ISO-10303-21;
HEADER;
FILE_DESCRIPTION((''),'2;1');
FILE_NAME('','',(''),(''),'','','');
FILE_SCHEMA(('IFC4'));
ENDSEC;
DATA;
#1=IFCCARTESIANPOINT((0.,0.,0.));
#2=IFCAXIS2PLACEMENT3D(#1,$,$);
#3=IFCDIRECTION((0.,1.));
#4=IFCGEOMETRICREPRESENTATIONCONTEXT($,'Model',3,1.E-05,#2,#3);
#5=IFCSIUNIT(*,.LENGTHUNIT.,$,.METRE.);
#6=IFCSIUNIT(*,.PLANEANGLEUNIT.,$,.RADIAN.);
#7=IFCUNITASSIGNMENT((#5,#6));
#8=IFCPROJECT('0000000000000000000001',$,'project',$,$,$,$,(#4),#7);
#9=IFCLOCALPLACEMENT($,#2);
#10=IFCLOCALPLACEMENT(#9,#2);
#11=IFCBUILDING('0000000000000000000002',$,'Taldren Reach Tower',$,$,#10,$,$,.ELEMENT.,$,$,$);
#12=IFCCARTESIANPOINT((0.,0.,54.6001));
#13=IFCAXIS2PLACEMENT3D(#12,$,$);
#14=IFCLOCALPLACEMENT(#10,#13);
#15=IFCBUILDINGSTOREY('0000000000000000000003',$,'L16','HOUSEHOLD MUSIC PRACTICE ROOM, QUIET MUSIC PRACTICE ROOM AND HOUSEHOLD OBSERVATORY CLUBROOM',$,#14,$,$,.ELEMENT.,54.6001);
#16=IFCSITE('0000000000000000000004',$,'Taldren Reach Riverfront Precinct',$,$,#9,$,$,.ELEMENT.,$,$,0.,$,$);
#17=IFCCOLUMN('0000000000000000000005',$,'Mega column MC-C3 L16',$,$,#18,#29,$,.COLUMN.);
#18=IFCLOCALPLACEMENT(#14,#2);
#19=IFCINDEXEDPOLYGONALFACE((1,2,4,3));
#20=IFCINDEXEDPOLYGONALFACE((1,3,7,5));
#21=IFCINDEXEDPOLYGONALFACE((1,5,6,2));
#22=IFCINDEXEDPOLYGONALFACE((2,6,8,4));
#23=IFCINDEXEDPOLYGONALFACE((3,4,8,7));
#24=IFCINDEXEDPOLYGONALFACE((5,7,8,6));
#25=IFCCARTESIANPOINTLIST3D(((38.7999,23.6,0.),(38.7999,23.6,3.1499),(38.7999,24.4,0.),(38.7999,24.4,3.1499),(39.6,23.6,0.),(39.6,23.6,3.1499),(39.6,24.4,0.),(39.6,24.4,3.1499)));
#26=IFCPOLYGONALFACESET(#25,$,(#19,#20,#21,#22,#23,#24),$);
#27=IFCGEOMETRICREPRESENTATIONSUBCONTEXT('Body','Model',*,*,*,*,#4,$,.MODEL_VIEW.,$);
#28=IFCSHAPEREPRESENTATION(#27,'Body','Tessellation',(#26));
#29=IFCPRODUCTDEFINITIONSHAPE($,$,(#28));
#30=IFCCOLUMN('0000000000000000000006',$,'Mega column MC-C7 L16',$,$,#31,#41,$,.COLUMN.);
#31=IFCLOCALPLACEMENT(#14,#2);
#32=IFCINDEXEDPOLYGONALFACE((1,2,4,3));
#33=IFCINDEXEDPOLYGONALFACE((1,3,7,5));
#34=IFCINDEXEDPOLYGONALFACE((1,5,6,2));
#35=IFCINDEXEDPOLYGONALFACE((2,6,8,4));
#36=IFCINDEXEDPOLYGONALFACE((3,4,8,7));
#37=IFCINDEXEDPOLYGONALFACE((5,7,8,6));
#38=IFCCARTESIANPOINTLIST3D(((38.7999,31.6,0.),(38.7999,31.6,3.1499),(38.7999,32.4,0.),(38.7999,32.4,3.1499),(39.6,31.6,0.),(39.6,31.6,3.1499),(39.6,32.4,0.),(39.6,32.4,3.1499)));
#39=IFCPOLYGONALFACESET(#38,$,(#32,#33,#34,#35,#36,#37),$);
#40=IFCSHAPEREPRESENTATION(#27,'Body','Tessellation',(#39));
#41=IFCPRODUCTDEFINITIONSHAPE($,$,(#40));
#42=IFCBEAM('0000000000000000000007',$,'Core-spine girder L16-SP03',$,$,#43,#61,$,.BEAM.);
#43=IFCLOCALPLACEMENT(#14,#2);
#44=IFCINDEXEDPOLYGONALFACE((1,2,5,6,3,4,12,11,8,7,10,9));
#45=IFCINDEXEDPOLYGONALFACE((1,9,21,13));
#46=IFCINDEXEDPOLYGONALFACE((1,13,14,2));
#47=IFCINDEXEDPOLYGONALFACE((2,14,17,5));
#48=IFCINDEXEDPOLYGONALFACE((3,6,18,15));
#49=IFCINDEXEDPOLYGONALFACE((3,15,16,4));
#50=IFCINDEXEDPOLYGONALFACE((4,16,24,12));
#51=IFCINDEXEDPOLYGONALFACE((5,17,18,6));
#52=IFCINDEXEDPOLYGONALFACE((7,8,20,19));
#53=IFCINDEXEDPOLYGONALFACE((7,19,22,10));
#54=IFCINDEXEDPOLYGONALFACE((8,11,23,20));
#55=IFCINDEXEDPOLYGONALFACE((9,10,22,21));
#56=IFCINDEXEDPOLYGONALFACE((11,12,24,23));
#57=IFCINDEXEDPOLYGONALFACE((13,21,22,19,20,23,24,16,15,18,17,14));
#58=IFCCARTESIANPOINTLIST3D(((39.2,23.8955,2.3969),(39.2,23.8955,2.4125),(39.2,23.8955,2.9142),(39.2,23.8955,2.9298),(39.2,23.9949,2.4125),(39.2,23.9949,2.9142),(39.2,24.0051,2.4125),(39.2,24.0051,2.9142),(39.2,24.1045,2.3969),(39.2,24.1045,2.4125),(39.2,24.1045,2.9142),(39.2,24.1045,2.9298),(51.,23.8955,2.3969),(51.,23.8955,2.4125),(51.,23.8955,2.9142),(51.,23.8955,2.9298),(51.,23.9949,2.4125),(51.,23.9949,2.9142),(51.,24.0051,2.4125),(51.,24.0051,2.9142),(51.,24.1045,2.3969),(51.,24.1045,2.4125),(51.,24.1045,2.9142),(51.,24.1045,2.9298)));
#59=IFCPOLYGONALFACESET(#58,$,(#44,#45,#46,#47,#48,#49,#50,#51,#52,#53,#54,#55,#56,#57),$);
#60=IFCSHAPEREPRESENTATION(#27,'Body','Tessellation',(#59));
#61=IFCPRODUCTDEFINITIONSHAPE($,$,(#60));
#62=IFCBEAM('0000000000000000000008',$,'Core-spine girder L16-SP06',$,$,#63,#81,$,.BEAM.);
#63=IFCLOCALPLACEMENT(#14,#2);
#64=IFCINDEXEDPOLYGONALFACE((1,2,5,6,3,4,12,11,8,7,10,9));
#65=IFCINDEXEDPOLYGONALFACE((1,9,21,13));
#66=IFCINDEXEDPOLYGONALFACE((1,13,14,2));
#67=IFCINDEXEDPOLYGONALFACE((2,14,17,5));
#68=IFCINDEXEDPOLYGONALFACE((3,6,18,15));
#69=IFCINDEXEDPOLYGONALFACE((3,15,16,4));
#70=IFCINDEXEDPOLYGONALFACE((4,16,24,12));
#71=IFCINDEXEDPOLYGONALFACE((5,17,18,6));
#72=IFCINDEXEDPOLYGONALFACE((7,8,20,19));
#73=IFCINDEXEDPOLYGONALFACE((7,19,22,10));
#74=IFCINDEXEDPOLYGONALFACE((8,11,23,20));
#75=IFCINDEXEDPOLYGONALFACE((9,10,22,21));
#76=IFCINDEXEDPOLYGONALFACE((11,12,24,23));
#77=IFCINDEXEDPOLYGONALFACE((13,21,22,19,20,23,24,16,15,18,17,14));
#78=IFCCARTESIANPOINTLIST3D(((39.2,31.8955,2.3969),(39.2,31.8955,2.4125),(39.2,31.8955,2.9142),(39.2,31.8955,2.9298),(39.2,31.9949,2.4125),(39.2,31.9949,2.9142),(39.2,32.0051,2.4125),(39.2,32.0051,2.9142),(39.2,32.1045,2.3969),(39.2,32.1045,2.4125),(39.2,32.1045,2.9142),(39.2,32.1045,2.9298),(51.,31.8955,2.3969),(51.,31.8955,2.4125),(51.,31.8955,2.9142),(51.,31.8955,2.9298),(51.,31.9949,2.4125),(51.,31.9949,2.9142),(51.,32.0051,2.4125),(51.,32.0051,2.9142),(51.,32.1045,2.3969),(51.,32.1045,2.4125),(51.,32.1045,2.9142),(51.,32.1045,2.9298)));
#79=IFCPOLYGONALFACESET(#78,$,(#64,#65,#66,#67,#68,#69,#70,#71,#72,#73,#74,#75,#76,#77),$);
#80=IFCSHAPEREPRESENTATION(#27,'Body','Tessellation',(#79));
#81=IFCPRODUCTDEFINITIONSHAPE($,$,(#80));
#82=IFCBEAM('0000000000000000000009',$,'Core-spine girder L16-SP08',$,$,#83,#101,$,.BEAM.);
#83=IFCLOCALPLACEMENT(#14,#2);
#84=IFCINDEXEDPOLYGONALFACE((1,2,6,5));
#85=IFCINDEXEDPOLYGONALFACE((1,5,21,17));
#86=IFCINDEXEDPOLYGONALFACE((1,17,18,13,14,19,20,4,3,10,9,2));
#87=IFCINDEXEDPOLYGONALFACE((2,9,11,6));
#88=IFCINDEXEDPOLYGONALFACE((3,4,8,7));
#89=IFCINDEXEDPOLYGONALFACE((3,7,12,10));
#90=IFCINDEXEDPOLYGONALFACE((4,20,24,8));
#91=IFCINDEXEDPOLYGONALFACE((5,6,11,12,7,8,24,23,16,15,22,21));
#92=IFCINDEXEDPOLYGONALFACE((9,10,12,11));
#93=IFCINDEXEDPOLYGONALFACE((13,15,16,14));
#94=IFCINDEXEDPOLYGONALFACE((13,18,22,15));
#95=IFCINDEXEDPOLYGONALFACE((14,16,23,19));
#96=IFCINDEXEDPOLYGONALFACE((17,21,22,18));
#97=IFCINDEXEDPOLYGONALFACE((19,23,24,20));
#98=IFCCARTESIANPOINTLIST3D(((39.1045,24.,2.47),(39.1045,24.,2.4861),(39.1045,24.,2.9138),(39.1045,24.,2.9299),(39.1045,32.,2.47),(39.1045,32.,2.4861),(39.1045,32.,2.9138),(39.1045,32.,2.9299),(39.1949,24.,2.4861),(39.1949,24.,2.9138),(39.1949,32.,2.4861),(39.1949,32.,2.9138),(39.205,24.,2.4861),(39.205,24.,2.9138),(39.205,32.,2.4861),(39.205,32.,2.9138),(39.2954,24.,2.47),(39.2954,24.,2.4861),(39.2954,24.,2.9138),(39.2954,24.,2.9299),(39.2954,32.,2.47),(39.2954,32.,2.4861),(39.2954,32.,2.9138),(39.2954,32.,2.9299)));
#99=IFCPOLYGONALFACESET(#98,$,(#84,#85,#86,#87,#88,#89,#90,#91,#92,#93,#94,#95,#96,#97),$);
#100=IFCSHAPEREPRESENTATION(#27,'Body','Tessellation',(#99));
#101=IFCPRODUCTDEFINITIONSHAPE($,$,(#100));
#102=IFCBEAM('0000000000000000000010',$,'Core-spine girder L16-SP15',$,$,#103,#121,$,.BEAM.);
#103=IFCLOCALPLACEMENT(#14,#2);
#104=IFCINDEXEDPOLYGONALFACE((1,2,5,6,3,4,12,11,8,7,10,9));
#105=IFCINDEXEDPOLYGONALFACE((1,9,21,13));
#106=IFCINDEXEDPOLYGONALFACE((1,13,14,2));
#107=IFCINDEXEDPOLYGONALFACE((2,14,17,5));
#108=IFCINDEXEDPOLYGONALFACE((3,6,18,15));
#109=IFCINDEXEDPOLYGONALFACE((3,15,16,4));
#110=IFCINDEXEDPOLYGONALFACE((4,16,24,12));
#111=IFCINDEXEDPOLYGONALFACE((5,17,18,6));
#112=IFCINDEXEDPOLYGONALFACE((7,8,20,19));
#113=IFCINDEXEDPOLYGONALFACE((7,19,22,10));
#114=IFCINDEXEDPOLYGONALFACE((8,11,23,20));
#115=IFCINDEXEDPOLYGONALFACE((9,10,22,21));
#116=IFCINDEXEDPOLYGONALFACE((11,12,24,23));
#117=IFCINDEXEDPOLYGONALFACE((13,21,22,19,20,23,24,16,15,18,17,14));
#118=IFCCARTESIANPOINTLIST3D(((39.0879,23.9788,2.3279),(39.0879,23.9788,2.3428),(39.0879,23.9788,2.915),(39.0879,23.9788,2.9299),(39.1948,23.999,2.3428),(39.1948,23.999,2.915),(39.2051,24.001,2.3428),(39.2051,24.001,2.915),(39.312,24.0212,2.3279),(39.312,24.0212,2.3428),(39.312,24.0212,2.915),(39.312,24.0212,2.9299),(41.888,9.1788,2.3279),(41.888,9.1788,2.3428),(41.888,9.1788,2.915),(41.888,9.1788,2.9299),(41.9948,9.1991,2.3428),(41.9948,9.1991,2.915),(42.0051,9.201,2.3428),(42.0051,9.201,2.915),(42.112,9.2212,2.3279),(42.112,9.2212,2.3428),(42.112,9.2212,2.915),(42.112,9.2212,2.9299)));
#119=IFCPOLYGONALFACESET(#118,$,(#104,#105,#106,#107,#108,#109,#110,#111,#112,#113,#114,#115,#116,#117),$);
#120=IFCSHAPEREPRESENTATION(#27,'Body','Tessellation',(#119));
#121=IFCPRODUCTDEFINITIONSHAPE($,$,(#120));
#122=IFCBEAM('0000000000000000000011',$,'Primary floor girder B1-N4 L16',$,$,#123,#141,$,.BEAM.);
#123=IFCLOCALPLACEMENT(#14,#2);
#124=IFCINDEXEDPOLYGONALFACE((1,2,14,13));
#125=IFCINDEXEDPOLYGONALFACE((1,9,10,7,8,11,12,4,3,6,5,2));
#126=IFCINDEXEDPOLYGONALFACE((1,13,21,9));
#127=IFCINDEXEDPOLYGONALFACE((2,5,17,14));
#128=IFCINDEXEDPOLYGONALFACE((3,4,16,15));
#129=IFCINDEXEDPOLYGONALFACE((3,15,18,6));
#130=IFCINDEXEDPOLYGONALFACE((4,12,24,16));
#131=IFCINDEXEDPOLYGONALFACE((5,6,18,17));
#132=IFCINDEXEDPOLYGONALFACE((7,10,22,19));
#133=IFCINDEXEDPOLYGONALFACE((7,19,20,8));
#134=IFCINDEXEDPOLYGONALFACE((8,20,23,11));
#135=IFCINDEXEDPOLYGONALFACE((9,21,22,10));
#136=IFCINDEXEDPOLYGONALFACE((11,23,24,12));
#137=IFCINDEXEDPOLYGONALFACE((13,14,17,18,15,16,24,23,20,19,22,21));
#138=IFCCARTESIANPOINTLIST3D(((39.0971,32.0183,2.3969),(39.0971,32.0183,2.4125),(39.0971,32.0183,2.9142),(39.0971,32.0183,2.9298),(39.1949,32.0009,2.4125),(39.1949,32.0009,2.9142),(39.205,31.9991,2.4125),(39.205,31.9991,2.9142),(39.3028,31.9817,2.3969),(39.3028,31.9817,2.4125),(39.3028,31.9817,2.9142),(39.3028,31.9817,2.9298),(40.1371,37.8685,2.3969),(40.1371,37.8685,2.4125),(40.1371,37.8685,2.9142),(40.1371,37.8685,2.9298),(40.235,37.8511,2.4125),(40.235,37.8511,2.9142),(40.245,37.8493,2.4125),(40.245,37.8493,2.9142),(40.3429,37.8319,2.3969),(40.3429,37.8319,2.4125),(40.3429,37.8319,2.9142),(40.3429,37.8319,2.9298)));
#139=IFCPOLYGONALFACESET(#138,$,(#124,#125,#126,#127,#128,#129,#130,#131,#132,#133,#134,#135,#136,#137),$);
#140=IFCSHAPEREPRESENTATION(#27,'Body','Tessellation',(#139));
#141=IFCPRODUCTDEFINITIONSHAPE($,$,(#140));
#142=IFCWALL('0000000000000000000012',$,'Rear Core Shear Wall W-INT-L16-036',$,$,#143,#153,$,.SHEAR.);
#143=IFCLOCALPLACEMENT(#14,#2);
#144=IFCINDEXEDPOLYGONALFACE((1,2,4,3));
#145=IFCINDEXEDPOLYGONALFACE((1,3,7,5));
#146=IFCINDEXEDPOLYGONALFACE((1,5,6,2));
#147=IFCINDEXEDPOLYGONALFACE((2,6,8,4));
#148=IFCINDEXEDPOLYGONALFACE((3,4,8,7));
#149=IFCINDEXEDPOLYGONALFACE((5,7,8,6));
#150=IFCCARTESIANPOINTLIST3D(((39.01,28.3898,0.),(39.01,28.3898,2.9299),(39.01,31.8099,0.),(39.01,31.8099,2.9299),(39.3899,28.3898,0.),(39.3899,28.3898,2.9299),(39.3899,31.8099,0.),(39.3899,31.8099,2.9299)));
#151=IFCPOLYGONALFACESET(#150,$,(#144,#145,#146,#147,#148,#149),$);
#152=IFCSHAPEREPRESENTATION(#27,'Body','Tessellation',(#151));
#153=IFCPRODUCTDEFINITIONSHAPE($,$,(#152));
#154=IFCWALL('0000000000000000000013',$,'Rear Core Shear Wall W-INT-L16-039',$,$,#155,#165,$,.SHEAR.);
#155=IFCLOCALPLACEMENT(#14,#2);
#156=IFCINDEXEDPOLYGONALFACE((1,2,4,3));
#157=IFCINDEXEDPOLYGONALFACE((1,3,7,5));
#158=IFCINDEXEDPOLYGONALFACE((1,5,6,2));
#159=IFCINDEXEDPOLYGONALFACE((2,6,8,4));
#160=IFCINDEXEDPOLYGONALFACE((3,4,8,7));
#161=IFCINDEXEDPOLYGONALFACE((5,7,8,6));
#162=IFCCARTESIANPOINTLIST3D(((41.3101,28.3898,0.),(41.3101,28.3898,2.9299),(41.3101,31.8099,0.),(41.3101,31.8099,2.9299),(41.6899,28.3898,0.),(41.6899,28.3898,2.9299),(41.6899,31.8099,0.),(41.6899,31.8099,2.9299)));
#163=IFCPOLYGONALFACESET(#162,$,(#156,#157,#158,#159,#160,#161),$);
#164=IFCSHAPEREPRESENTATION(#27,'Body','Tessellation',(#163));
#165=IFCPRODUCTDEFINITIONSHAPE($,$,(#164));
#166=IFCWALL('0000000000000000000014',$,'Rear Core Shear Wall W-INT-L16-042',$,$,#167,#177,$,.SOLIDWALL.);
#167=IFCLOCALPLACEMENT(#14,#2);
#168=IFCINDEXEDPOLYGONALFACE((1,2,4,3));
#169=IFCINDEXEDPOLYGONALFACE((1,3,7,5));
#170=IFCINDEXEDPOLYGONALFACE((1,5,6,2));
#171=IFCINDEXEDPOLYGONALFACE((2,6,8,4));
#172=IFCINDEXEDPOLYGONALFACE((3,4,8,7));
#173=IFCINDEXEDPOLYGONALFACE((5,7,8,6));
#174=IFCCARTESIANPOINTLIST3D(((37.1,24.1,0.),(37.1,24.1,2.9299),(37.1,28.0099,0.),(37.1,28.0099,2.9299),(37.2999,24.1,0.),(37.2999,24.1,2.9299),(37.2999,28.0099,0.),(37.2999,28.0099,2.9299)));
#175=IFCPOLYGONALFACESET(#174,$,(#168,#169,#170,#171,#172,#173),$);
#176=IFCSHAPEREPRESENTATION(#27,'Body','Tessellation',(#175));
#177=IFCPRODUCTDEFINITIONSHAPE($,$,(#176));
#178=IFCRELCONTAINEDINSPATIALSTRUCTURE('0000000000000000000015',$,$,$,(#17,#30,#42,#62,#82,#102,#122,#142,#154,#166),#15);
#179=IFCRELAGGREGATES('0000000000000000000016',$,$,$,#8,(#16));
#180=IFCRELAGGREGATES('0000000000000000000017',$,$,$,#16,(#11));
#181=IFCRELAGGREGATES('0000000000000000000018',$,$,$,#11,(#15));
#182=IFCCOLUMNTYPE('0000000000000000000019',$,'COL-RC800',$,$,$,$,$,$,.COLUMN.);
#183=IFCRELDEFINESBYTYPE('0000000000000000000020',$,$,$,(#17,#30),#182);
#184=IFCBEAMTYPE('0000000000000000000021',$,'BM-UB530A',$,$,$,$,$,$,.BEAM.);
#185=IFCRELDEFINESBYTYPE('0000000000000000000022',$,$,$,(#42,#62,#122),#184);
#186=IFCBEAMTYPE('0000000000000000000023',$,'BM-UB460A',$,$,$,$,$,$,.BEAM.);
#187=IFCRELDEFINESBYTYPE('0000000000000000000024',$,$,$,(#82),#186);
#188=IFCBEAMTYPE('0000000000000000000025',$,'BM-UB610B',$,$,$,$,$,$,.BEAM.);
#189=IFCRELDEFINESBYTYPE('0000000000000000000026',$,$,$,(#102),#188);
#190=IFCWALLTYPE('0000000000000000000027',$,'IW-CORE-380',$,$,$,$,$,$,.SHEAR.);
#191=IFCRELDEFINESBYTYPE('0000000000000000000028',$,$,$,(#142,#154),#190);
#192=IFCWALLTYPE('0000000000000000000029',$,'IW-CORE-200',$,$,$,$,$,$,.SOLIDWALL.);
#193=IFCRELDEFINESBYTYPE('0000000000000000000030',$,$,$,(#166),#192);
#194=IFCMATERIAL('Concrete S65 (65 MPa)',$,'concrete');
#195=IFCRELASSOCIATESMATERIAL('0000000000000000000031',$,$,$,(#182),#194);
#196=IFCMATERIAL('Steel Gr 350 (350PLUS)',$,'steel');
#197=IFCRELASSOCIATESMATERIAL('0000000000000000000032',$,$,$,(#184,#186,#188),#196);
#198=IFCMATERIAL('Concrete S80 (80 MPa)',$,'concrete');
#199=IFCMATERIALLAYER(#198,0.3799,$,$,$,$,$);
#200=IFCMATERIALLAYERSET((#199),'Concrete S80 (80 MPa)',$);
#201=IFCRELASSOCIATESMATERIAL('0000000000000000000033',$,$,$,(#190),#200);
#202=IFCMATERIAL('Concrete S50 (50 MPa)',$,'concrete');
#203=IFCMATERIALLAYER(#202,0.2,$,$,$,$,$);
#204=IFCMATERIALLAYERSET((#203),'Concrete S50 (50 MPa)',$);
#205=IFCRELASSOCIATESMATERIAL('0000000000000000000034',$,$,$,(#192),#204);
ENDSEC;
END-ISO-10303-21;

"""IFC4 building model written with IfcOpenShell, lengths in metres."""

from ifc_helpers import new_model, si_unit, direction, frame, frame_2d, origin, origin_2d, place, context, subcontext, project, spatial, rectangle, i_section, extrude, source, transform, mapped, material, layer, layer_set, material_profile, profile_set, type_object, element, save


model = new_model("IFC4")

# Units and contexts
model_context = context("Model", 3, precision=1e-05, world=origin(), true_north=direction((0.0, 1.0)))
body_context = subcontext(model_context, "Body", "Model", "MODEL_VIEW")
ifc_project = project(units=[si_unit("LENGTHUNIT", "METRE"), si_unit("PLANEANGLEUNIT", "RADIAN")], contexts=[model_context])

# Site, building, storey
site_placement = place(None, origin())
site = spatial("IfcSite", under=ifc_project, at=site_placement, Name="Taldren Reach Riverfront Precinct", CompositionType="ELEMENT", RefElevation=0.0)
building_placement = place(site_placement, origin())
building = spatial("IfcBuilding", under=site, at=building_placement, Name="Taldren Reach Tower", CompositionType="ELEMENT")
storey_placement = place(building_placement, frame((0.0, 0.0, 54.6001)))
storey = spatial("IfcBuildingStorey", under=building, at=storey_placement, Name="L16", Description="HOUSEHOLD MUSIC PRACTICE ROOM, QUIET MUSIC PRACTICE ROOM AND HOUSEHOLD OBSERVATORY CLUBROOM", CompositionType="ELEMENT", Elevation=54.6001)

# Columns
ifc_material_1 = material(Name="Concrete S65 (65 MPa)", Category="concrete")
ifc_material_profile_1 = material_profile(ifc_material_1, rectangle(XDim=0.8, YDim=0.8, at=origin_2d()), Name="RC-800x800")
ifc_profile_set_1 = profile_set([ifc_material_profile_1], Name="Concrete S65 (65 MPa)")
column_type = type_object("IfcColumnType", Name="COL-RC800", PredefinedType="COLUMN", material=ifc_profile_set_1)
shared_shape_1 = source(origin(), body_context, "Body", "SweptSolid", [
    extrude(rectangle(XDim=0.8, YDim=0.8, at=origin_2d()), origin(), (0.0, 0.0, 1.0), 3.1499),
])
for number, where, z_axis, x_axis, name in (
    (1, (39.2, 24.0, 0.0), (0.0, 0.0, 1.0), (1.0, 0.0, 0.0), "Mega column MC-C3 L16"),
    (2, (39.2, 32.0, 0.0), (0.0, 0.0, 1.0), (1.0, 0.0, 0.0), "Mega column MC-C7 L16"),
):
    element("IfcColumn", number, at=place(storey_placement, frame(where, z_axis=z_axis, x_axis=x_axis)), inside=storey, type_object=column_type, Name=name, PredefinedType="COLUMN", context=body_context, shape_type="MappedRepresentation", body=[
        mapped(shared_shape_1, transform((0.0, 0.0, 0.0), scale=1.0)),
    ])

# Beams
ifc_material_2 = material(Name="Steel Gr 350 (350PLUS)", Category="steel")
ifc_material_profile_2 = material_profile(ifc_material_2, i_section(OverallWidth=0.209, OverallDepth=0.533, WebThickness=0.0103, FlangeThickness=0.0156, at=origin_2d()), Name="530UB92.4")
ifc_profile_set_2 = profile_set([ifc_material_profile_2], Name="Steel Gr 350 (350PLUS)")
beam_type_1 = type_object("IfcBeamType", Name="BM-UB530A", PredefinedType="BEAM", material=ifc_profile_set_2)
shared_shape_2 = source(origin(), body_context, "Body", "SweptSolid", [
    extrude(i_section(OverallWidth=0.209, OverallDepth=0.533, WebThickness=0.0103, FlangeThickness=0.0156, at=origin_2d()), origin(), (0.0, 0.0, 1.0), 11.8),
])
for number, where, z_axis, x_axis, name in (
    (3, (39.2, 24.0, 2.6633), (1.0, 0.0, 0.0), (0.0, 1.0, 0.0), "Core-spine girder L16-SP03"),
    (4, (39.2, 32.0, 2.6633), (1.0, 0.0, 0.0), (0.0, 1.0, 0.0), "Core-spine girder L16-SP06"),
):
    element("IfcBeam", number, at=place(storey_placement, frame(where, z_axis=z_axis, x_axis=x_axis)), inside=storey, type_object=beam_type_1, Name=name, PredefinedType="BEAM", context=body_context, shape_type="MappedRepresentation", body=[
        mapped(shared_shape_2, transform((0.0, 0.0, 0.0), scale=1.0)),
    ])
ifc_material_profile_3 = material_profile(ifc_material_2, i_section(OverallWidth=0.1909, OverallDepth=0.46, WebThickness=0.01, FlangeThickness=0.0161, at=origin_2d()), Name="460UB82.1")
ifc_profile_set_3 = profile_set([ifc_material_profile_3], Name="Steel Gr 350 (350PLUS)")
beam_type_2 = type_object("IfcBeamType", Name="BM-UB460A", PredefinedType="BEAM", material=ifc_profile_set_3)
shared_shape_3 = source(origin(), body_context, "Body", "SweptSolid", [
    extrude(i_section(OverallWidth=0.1909, OverallDepth=0.46, WebThickness=0.01, FlangeThickness=0.0161, at=origin_2d()), origin(), (0.0, 0.0, 1.0), 8.0),
])
beam_1_placement = place(storey_placement, frame((39.2, 24.0, 2.7), z_axis=(0.0, 1.0, 0.0), x_axis=(-1.0, 0.0, 0.0)))
element("IfcBeam", 5, at=beam_1_placement, inside=storey, type_object=beam_type_2, Name="Core-spine girder L16-SP08", PredefinedType="BEAM", context=body_context, shape_type="MappedRepresentation", body=[
    mapped(shared_shape_3, transform((0.0, 0.0, 0.0), scale=1.0)),
])
ifc_material_profile_4 = material_profile(ifc_material_2, i_section(OverallWidth=0.228, OverallDepth=0.6021, WebThickness=0.0105, FlangeThickness=0.0149, at=origin_2d()), Name="610UB101")
ifc_profile_set_4 = profile_set([ifc_material_profile_4], Name="Steel Gr 350 (350PLUS)")
beam_type_3 = type_object("IfcBeamType", Name="BM-UB610B", PredefinedType="BEAM", material=ifc_profile_set_4)
shared_shape_4 = source(origin(), body_context, "Body", "SweptSolid", [
    extrude(i_section(OverallWidth=0.228, OverallDepth=0.6021, WebThickness=0.0105, FlangeThickness=0.0149, at=origin_2d()), origin(), (0.0, 0.0, 1.0), 15.0625),
])
beam_2_placement = place(storey_placement, frame((39.2, 24.0, 2.6289), z_axis=(0.185894, -0.98257, 0.0), x_axis=(0.98257, 0.185894, 0.0)))
element("IfcBeam", 6, at=beam_2_placement, inside=storey, type_object=beam_type_3, Name="Core-spine girder L16-SP15", PredefinedType="BEAM", context=body_context, shape_type="MappedRepresentation", body=[
    mapped(shared_shape_4, transform((0.0, 0.0, 0.0), scale=1.0)),
])
shared_shape_5 = source(origin(), body_context, "Body", "SweptSolid", [
    extrude(i_section(OverallWidth=0.209, OverallDepth=0.533, WebThickness=0.0103, FlangeThickness=0.0156, at=origin_2d()), origin(), (0.0, 0.0, 1.0), 5.9419),
])
beam_3_placement = place(storey_placement, frame((39.2, 32.0, 2.6633), z_axis=(0.175037, 0.984562, 0.0), x_axis=(-0.984562, 0.175037, 0.0)))
element("IfcBeam", 7, at=beam_3_placement, inside=storey, type_object=beam_type_1, Name="Primary floor girder B1-N4 L16", PredefinedType="BEAM", context=body_context, shape_type="MappedRepresentation", body=[
    mapped(shared_shape_5, transform((0.0, 0.0, 0.0), scale=1.0)),
])

# Walls
ifc_material_3 = material(Name="Concrete S80 (80 MPa)", Category="concrete")
ifc_layer_1 = layer(ifc_material_3, 0.3799)
ifc_layer_set_1 = layer_set([ifc_layer_1], Name="Concrete S80 (80 MPa)")
wall_type_1 = type_object("IfcWallType", Name="IW-CORE-380", PredefinedType="SHEAR", material=ifc_layer_set_1)
shared_shape_6 = source(origin(), body_context, "Body", "SweptSolid", [
    extrude(rectangle(XDim=3.4202, YDim=0.3799, at=frame_2d((1.71, 0.0))), origin(), (0.0, 0.0, 1.0), 2.9299),
])
for number, where, z_axis, x_axis, name in (
    (8, (39.2, 28.3899, 0.0), (0.0, 0.0, 1.0), (0.0, 1.0, 0.0), "Rear Core Shear Wall W-INT-L16-036"),
    (9, (41.5, 28.3899, 0.0), (0.0, 0.0, 1.0), (0.0, 1.0, 0.0), "Rear Core Shear Wall W-INT-L16-039"),
):
    element("IfcWall", number, at=place(storey_placement, frame(where, z_axis=z_axis, x_axis=x_axis)), inside=storey, type_object=wall_type_1, Name=name, PredefinedType="SHEAR", context=body_context, shape_type="MappedRepresentation", body=[
        mapped(shared_shape_6, transform((0.0, 0.0, 0.0), scale=1.0)),
    ])
ifc_material_4 = material(Name="Concrete S50 (50 MPa)", Category="concrete")
ifc_layer_2 = layer(ifc_material_4, 0.2)
ifc_layer_set_2 = layer_set([ifc_layer_2], Name="Concrete S50 (50 MPa)")
wall_type_2 = type_object("IfcWallType", Name="IW-CORE-200", PredefinedType="SOLIDWALL", material=ifc_layer_set_2)
shared_shape_7 = source(origin(), body_context, "Body", "SweptSolid", [
    extrude(rectangle(XDim=3.9099, YDim=0.2, at=frame_2d((1.9551, 0.0))), origin(), (0.0, 0.0, 1.0), 2.9299),
])
wall_1_placement = place(storey_placement, frame((37.2, 28.01, 0.0), z_axis=(0.0, 0.0, 1.0), x_axis=(0.0, -1.0, 0.0)))
element("IfcWall", 10, at=wall_1_placement, inside=storey, type_object=wall_type_2, Name="Rear Core Shear Wall W-INT-L16-042", PredefinedType="SOLIDWALL", context=body_context, shape_type="MappedRepresentation", body=[
    mapped(shared_shape_7, transform((0.0, 0.0, 0.0), scale=1.0)),
])

save(model, "model.ifc")
